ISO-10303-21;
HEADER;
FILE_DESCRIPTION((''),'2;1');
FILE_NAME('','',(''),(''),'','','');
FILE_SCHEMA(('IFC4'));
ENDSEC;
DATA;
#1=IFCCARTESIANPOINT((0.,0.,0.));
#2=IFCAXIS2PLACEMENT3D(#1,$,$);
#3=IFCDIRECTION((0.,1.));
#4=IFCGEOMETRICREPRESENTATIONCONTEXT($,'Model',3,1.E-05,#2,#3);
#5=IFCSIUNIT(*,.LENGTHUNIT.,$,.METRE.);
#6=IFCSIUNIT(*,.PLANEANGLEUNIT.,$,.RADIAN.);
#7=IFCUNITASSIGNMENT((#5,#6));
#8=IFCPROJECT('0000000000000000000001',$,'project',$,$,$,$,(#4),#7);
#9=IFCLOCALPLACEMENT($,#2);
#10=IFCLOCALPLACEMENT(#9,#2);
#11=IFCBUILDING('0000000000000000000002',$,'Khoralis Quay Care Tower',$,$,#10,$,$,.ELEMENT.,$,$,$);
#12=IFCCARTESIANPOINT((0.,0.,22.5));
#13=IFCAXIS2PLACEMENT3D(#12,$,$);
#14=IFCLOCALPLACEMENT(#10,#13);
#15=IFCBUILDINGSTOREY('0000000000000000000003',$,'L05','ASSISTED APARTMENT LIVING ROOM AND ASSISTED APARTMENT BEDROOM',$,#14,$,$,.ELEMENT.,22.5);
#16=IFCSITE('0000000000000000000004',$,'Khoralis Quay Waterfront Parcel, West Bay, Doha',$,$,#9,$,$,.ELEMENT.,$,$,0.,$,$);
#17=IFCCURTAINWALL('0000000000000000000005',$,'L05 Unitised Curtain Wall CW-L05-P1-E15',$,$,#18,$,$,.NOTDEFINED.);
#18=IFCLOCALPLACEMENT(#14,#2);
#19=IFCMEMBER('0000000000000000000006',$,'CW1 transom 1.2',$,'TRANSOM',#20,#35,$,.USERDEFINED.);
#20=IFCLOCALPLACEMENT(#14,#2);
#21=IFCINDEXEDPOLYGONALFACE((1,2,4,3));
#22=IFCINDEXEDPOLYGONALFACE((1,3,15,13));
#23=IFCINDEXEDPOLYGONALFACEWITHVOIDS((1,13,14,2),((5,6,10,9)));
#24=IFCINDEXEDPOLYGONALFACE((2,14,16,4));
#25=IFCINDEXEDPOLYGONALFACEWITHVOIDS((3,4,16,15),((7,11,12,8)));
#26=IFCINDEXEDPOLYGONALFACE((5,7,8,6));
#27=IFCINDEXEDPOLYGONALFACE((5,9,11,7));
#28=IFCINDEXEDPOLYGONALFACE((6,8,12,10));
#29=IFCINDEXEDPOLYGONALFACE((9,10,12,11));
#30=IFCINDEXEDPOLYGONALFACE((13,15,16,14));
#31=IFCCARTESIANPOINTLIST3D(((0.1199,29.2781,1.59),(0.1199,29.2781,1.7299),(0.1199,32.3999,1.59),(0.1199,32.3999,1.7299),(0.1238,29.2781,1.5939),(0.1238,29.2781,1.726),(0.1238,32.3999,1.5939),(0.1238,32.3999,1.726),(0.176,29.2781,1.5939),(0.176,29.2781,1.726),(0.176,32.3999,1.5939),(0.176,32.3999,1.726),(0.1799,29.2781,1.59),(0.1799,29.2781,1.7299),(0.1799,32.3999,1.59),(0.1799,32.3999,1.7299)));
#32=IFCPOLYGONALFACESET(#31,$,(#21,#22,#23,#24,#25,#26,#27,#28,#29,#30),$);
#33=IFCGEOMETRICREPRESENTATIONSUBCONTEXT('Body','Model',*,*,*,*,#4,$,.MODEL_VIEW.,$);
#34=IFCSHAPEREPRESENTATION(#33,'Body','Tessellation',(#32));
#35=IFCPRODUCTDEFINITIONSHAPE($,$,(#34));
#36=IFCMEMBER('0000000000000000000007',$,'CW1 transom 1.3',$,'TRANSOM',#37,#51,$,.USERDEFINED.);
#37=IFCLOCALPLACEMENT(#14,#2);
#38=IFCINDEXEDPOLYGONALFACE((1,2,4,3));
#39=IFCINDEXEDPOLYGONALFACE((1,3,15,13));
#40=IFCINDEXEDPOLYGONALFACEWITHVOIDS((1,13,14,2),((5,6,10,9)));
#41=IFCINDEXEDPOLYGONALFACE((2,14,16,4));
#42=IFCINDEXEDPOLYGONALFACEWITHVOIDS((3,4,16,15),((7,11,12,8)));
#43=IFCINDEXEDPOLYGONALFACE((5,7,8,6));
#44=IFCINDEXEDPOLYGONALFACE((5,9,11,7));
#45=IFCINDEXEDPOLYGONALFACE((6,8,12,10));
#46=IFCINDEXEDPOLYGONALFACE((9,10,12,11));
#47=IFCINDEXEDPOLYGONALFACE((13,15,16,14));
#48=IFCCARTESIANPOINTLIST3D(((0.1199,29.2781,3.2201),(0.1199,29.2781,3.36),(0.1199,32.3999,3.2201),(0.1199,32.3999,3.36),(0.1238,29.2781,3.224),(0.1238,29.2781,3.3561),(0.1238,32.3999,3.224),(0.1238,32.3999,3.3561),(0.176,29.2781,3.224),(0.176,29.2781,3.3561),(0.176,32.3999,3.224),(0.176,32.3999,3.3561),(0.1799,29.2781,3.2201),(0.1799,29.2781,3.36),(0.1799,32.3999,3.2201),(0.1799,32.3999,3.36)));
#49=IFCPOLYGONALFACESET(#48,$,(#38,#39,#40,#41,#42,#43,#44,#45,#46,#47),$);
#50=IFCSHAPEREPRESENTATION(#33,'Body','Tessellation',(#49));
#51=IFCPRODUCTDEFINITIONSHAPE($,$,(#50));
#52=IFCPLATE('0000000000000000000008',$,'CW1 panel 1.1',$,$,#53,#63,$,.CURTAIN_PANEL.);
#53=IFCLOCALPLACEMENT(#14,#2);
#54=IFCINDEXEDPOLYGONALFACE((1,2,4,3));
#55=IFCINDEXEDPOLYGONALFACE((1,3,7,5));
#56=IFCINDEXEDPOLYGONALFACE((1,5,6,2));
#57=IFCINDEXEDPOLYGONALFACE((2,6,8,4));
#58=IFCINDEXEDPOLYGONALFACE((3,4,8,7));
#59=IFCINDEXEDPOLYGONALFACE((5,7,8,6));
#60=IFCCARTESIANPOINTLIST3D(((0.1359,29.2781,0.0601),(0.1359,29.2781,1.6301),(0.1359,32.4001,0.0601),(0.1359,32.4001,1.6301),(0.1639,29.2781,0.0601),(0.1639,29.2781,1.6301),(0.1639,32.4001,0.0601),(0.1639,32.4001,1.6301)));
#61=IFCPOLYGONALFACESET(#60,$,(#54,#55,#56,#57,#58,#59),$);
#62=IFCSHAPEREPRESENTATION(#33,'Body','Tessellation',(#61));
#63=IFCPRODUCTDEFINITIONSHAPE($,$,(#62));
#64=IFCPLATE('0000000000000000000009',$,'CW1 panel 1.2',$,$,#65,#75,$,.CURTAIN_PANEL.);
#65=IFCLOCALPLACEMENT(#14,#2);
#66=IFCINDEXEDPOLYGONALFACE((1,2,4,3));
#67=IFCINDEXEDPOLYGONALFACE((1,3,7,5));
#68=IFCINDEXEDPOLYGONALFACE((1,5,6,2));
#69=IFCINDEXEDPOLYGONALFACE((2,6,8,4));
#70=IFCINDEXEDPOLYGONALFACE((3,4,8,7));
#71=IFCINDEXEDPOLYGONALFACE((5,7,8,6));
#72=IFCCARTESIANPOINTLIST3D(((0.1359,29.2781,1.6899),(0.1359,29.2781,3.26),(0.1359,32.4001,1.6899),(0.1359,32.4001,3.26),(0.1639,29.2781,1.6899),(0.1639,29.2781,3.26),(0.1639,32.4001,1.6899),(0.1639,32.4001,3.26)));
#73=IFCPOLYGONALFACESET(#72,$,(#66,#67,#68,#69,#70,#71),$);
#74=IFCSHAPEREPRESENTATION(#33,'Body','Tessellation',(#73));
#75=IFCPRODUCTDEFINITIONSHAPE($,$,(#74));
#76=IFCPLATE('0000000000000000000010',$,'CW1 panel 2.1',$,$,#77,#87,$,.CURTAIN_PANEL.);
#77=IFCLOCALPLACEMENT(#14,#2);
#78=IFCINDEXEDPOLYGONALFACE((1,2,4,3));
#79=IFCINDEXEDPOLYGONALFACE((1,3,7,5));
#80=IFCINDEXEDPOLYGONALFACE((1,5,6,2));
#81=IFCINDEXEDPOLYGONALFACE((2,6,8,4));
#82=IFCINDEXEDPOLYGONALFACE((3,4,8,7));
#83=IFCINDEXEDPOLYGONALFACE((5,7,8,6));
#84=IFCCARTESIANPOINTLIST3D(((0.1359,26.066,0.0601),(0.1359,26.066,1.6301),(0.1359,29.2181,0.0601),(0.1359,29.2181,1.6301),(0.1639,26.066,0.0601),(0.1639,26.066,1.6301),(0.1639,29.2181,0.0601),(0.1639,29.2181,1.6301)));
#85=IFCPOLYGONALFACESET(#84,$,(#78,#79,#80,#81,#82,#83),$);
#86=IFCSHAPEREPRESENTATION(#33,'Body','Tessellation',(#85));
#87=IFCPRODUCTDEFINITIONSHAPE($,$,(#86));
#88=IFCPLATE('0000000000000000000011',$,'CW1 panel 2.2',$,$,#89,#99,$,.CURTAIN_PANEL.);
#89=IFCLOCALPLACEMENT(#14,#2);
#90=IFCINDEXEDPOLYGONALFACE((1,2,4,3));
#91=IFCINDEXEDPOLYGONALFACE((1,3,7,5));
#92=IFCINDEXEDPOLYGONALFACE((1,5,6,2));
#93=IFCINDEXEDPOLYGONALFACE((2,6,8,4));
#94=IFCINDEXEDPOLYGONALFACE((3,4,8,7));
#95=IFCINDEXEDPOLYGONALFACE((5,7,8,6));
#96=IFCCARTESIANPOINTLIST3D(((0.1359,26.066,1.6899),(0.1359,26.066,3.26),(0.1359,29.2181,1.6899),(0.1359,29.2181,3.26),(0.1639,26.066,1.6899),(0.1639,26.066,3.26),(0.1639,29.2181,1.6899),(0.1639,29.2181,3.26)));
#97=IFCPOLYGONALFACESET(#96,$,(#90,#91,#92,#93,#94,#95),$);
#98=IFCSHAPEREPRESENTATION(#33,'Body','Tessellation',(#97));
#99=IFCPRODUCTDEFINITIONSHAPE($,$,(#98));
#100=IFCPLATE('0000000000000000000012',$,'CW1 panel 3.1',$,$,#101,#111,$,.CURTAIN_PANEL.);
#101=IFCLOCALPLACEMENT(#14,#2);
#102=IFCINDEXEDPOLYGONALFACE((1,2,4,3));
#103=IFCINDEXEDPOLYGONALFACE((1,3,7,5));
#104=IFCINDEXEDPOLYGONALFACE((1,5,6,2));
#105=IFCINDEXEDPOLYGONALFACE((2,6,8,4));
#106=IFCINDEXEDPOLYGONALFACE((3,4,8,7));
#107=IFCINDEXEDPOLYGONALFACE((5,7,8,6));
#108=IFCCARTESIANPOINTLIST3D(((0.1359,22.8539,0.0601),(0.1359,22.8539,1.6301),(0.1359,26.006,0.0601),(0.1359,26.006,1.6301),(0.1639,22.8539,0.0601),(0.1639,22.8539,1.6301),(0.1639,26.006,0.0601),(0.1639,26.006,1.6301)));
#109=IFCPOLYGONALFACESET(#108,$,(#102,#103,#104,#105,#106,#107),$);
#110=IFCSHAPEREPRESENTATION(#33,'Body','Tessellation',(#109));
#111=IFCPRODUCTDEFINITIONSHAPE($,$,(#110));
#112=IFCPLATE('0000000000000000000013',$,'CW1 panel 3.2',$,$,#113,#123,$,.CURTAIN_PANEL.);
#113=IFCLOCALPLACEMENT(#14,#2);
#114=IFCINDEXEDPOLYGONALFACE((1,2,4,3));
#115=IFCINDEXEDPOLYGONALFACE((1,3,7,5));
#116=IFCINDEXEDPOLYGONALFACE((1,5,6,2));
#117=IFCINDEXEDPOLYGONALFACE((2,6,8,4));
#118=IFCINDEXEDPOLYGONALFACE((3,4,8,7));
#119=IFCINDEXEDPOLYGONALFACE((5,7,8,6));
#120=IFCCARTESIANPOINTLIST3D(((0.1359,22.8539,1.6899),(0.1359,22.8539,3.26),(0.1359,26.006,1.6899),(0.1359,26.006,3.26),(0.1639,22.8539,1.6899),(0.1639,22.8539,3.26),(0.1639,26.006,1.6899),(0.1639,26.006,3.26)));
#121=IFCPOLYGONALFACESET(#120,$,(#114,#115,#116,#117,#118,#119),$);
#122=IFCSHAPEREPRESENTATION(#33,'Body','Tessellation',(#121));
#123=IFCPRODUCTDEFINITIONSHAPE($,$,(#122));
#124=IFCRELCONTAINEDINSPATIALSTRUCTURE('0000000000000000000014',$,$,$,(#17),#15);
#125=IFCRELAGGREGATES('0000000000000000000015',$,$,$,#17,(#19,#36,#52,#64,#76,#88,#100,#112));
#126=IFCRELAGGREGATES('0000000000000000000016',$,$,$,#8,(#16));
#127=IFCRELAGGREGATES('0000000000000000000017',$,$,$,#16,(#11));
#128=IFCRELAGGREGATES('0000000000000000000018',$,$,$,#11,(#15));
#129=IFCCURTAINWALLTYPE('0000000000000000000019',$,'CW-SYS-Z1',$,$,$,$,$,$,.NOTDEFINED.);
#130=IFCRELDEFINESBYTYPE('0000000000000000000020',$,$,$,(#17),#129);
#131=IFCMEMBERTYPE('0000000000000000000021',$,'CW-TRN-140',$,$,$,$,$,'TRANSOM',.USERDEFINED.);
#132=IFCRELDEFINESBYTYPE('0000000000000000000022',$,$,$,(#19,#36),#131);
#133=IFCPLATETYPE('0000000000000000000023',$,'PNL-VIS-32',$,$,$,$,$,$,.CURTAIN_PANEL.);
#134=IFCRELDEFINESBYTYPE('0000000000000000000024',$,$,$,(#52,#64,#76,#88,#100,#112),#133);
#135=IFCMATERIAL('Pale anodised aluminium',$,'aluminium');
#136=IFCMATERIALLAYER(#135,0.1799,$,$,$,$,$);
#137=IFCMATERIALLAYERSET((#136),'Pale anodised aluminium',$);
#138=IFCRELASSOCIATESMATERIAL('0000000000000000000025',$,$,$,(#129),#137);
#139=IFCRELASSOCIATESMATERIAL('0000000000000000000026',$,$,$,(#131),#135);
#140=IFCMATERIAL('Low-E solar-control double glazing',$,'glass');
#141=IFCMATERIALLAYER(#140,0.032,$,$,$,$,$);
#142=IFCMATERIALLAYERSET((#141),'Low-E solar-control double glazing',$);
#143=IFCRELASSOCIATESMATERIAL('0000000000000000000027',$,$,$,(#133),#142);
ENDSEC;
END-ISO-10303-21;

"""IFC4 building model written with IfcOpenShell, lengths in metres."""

from ifc_helpers import new_model, si_unit, direction, frame, origin, origin_2d, place, context, subcontext, project, spatial, rectangle, hollow_rectangle, extrude, source, transform, mapped, material, layer, layer_set, material_profile, profile_set, type_object, element, aggregate, save


model = new_model("IFC4")

# Units and contexts
model_context = context("Model", 3, precision=1e-05, world=origin(), true_north=direction((0.0, 1.0)))
body_context = subcontext(model_context, "Body", "Model", "MODEL_VIEW")
ifc_project = project(units=[si_unit("LENGTHUNIT", "METRE"), si_unit("PLANEANGLEUNIT", "RADIAN")], contexts=[model_context])

# Site, building, storey
site_placement = place(None, origin())
site = spatial("IfcSite", under=ifc_project, at=site_placement, Name="Khoralis Quay Waterfront Parcel, West Bay, Doha", CompositionType="ELEMENT", RefElevation=0.0)
building_placement = place(site_placement, origin())
building = spatial("IfcBuilding", under=site, at=building_placement, Name="Khoralis Quay Care Tower", CompositionType="ELEMENT")
storey_placement = place(building_placement, frame((0.0, 0.0, 22.5)))
storey = spatial("IfcBuildingStorey", under=building, at=storey_placement, Name="L05", Description="ASSISTED APARTMENT LIVING ROOM AND ASSISTED APARTMENT BEDROOM", CompositionType="ELEMENT", Elevation=22.5)

# Curtain wall, members, plates
ifc_material_1 = material(Name="Pale anodised aluminium", Category="aluminium")
ifc_layer_1 = layer(ifc_material_1, 0.1799)
ifc_layer_set_1 = layer_set([ifc_layer_1], Name="Pale anodised aluminium")
curtain_wall_type = type_object("IfcCurtainWallType", Name="CW-SYS-Z1", PredefinedType="NOTDEFINED", material=ifc_layer_set_1)
curtain_wall_placement = place(storey_placement, origin())
curtain_wall = element("IfcCurtainWall", 1, at=curtain_wall_placement, inside=storey, type_object=curtain_wall_type, Name="L05 Unitised Curtain Wall CW-L05-P1-E15", PredefinedType="NOTDEFINED")
ifc_material_profile_1 = material_profile(ifc_material_1, hollow_rectangle(XDim=0.0601, YDim=0.1399, WallThickness=0.0039, at=origin_2d()), Name="Pale anodised aluminium")
ifc_profile_set_1 = profile_set([ifc_material_profile_1], Name="Pale anodised aluminium")
member_type_1 = type_object("IfcMemberType", Name="CW-TRN-140", ElementType="TRANSOM", PredefinedType="USERDEFINED", material=ifc_profile_set_1)
shared_shape_1 = source(origin(), body_context, "Body", "SweptSolid", [
    extrude(hollow_rectangle(XDim=0.0601, YDim=0.1399, WallThickness=0.0039, at=origin_2d()), origin(), (0.0, 0.0, 1.0), 3.1218),
])
member_1_placement = place(storey_placement, frame((0.1499, 32.3999, 1.6599), z_axis=(0.0, -1.0, 0.0), x_axis=(1.0, 0.0, 0.0)))
member_1 = element("IfcMember", 2, at=member_1_placement, type_object=member_type_1, Name="CW1 transom 1.2", ObjectType="TRANSOM", PredefinedType="USERDEFINED", context=body_context, shape_type="MappedRepresentation", body=[
    mapped(shared_shape_1, transform((0.0, 0.0, 0.0), scale=1.0)),
])
member_2_placement = place(storey_placement, frame((0.1499, 32.3999, 3.29), z_axis=(0.0, -1.0, 0.0), x_axis=(1.0, 0.0, 0.0)))
member_2 = element("IfcMember", 3, at=member_2_placement, type_object=member_type_1, Name="CW1 transom 1.3", ObjectType="TRANSOM", PredefinedType="USERDEFINED", context=body_context, shape_type="MappedRepresentation", body=[
    mapped(shared_shape_1, transform((0.0, 0.0, 0.0), scale=1.0)),
])
ifc_material_2 = material(Name="Low-E solar-control double glazing", Category="glass")
ifc_layer_2 = layer(ifc_material_2, 0.032)
ifc_layer_set_2 = layer_set([ifc_layer_2], Name="Low-E solar-control double glazing")
plate_type = type_object("IfcPlateType", Name="PNL-VIS-32", PredefinedType="CURTAIN_PANEL", material=ifc_layer_set_2)
shared_shape_2 = source(origin(), body_context, "Body", "SweptSolid", [
    extrude(rectangle(XDim=3.1221, YDim=0.0281, at=origin_2d()), origin(), (0.0, 0.0, 1.0), 1.5701),
])
plate_1_placement = place(storey_placement, frame((0.1499, 30.8391, 0.0601), z_axis=(0.0, 0.0, 1.0), x_axis=(0.0, -1.0, 0.0)))
plate_1 = element("IfcPlate", 4, at=plate_1_placement, type_object=plate_type, Name="CW1 panel 1.1", PredefinedType="CURTAIN_PANEL", context=body_context, shape_type="MappedRepresentation", body=[
    mapped(shared_shape_2, transform((0.0, 0.0, 0.0), scale=1.0)),
])
plate_2_placement = place(storey_placement, frame((0.1499, 30.8391, 1.6899), z_axis=(0.0, 0.0, 1.0), x_axis=(0.0, -1.0, 0.0)))
plate_2 = element("IfcPlate", 5, at=plate_2_placement, type_object=plate_type, Name="CW1 panel 1.2", PredefinedType="CURTAIN_PANEL", context=body_context, shape_type="MappedRepresentation", body=[
    mapped(shared_shape_2, transform((0.0, 0.0, 0.0), scale=1.0)),
])
shared_shape_3 = source(origin(), body_context, "Body", "SweptSolid", [
    extrude(rectangle(XDim=3.1521, YDim=0.0281, at=origin_2d()), origin(), (0.0, 0.0, 1.0), 1.5701),
])
plate_3_placement = place(storey_placement, frame((0.1499, 27.6421, 0.0601), z_axis=(0.0, 0.0, 1.0), x_axis=(0.0, -1.0, 0.0)))
plate_3 = element("IfcPlate", 6, at=plate_3_placement, type_object=plate_type, Name="CW1 panel 2.1", PredefinedType="CURTAIN_PANEL", context=body_context, shape_type="MappedRepresentation", body=[
    mapped(shared_shape_3, transform((0.0, 0.0, 0.0), scale=1.0)),
])
plate_4_placement = place(storey_placement, frame((0.1499, 27.6421, 1.6899), z_axis=(0.0, 0.0, 1.0), x_axis=(0.0, -1.0, 0.0)))
plate_4 = element("IfcPlate", 7, at=plate_4_placement, type_object=plate_type, Name="CW1 panel 2.2", PredefinedType="CURTAIN_PANEL", context=body_context, shape_type="MappedRepresentation", body=[
    mapped(shared_shape_3, transform((0.0, 0.0, 0.0), scale=1.0)),
])
plate_5_placement = place(storey_placement, frame((0.1499, 24.4299, 0.0601), z_axis=(0.0, 0.0, 1.0), x_axis=(0.0, -1.0, 0.0)))
plate_5 = element("IfcPlate", 8, at=plate_5_placement, type_object=plate_type, Name="CW1 panel 3.1", PredefinedType="CURTAIN_PANEL", context=body_context, shape_type="MappedRepresentation", body=[
    mapped(shared_shape_3, transform((0.0, 0.0, 0.0), scale=1.0)),
])
plate_6_placement = place(storey_placement, frame((0.1499, 24.4299, 1.6899), z_axis=(0.0, 0.0, 1.0), x_axis=(0.0, -1.0, 0.0)))
plate_6 = element("IfcPlate", 9, at=plate_6_placement, type_object=plate_type, Name="CW1 panel 3.2", PredefinedType="CURTAIN_PANEL", context=body_context, shape_type="MappedRepresentation", body=[
    mapped(shared_shape_3, transform((0.0, 0.0, 0.0), scale=1.0)),
])
aggregate(curtain_wall, [member_1, member_2, plate_1, plate_2, plate_3, plate_4, plate_5, plate_6])

save(model, "model.ifc")
